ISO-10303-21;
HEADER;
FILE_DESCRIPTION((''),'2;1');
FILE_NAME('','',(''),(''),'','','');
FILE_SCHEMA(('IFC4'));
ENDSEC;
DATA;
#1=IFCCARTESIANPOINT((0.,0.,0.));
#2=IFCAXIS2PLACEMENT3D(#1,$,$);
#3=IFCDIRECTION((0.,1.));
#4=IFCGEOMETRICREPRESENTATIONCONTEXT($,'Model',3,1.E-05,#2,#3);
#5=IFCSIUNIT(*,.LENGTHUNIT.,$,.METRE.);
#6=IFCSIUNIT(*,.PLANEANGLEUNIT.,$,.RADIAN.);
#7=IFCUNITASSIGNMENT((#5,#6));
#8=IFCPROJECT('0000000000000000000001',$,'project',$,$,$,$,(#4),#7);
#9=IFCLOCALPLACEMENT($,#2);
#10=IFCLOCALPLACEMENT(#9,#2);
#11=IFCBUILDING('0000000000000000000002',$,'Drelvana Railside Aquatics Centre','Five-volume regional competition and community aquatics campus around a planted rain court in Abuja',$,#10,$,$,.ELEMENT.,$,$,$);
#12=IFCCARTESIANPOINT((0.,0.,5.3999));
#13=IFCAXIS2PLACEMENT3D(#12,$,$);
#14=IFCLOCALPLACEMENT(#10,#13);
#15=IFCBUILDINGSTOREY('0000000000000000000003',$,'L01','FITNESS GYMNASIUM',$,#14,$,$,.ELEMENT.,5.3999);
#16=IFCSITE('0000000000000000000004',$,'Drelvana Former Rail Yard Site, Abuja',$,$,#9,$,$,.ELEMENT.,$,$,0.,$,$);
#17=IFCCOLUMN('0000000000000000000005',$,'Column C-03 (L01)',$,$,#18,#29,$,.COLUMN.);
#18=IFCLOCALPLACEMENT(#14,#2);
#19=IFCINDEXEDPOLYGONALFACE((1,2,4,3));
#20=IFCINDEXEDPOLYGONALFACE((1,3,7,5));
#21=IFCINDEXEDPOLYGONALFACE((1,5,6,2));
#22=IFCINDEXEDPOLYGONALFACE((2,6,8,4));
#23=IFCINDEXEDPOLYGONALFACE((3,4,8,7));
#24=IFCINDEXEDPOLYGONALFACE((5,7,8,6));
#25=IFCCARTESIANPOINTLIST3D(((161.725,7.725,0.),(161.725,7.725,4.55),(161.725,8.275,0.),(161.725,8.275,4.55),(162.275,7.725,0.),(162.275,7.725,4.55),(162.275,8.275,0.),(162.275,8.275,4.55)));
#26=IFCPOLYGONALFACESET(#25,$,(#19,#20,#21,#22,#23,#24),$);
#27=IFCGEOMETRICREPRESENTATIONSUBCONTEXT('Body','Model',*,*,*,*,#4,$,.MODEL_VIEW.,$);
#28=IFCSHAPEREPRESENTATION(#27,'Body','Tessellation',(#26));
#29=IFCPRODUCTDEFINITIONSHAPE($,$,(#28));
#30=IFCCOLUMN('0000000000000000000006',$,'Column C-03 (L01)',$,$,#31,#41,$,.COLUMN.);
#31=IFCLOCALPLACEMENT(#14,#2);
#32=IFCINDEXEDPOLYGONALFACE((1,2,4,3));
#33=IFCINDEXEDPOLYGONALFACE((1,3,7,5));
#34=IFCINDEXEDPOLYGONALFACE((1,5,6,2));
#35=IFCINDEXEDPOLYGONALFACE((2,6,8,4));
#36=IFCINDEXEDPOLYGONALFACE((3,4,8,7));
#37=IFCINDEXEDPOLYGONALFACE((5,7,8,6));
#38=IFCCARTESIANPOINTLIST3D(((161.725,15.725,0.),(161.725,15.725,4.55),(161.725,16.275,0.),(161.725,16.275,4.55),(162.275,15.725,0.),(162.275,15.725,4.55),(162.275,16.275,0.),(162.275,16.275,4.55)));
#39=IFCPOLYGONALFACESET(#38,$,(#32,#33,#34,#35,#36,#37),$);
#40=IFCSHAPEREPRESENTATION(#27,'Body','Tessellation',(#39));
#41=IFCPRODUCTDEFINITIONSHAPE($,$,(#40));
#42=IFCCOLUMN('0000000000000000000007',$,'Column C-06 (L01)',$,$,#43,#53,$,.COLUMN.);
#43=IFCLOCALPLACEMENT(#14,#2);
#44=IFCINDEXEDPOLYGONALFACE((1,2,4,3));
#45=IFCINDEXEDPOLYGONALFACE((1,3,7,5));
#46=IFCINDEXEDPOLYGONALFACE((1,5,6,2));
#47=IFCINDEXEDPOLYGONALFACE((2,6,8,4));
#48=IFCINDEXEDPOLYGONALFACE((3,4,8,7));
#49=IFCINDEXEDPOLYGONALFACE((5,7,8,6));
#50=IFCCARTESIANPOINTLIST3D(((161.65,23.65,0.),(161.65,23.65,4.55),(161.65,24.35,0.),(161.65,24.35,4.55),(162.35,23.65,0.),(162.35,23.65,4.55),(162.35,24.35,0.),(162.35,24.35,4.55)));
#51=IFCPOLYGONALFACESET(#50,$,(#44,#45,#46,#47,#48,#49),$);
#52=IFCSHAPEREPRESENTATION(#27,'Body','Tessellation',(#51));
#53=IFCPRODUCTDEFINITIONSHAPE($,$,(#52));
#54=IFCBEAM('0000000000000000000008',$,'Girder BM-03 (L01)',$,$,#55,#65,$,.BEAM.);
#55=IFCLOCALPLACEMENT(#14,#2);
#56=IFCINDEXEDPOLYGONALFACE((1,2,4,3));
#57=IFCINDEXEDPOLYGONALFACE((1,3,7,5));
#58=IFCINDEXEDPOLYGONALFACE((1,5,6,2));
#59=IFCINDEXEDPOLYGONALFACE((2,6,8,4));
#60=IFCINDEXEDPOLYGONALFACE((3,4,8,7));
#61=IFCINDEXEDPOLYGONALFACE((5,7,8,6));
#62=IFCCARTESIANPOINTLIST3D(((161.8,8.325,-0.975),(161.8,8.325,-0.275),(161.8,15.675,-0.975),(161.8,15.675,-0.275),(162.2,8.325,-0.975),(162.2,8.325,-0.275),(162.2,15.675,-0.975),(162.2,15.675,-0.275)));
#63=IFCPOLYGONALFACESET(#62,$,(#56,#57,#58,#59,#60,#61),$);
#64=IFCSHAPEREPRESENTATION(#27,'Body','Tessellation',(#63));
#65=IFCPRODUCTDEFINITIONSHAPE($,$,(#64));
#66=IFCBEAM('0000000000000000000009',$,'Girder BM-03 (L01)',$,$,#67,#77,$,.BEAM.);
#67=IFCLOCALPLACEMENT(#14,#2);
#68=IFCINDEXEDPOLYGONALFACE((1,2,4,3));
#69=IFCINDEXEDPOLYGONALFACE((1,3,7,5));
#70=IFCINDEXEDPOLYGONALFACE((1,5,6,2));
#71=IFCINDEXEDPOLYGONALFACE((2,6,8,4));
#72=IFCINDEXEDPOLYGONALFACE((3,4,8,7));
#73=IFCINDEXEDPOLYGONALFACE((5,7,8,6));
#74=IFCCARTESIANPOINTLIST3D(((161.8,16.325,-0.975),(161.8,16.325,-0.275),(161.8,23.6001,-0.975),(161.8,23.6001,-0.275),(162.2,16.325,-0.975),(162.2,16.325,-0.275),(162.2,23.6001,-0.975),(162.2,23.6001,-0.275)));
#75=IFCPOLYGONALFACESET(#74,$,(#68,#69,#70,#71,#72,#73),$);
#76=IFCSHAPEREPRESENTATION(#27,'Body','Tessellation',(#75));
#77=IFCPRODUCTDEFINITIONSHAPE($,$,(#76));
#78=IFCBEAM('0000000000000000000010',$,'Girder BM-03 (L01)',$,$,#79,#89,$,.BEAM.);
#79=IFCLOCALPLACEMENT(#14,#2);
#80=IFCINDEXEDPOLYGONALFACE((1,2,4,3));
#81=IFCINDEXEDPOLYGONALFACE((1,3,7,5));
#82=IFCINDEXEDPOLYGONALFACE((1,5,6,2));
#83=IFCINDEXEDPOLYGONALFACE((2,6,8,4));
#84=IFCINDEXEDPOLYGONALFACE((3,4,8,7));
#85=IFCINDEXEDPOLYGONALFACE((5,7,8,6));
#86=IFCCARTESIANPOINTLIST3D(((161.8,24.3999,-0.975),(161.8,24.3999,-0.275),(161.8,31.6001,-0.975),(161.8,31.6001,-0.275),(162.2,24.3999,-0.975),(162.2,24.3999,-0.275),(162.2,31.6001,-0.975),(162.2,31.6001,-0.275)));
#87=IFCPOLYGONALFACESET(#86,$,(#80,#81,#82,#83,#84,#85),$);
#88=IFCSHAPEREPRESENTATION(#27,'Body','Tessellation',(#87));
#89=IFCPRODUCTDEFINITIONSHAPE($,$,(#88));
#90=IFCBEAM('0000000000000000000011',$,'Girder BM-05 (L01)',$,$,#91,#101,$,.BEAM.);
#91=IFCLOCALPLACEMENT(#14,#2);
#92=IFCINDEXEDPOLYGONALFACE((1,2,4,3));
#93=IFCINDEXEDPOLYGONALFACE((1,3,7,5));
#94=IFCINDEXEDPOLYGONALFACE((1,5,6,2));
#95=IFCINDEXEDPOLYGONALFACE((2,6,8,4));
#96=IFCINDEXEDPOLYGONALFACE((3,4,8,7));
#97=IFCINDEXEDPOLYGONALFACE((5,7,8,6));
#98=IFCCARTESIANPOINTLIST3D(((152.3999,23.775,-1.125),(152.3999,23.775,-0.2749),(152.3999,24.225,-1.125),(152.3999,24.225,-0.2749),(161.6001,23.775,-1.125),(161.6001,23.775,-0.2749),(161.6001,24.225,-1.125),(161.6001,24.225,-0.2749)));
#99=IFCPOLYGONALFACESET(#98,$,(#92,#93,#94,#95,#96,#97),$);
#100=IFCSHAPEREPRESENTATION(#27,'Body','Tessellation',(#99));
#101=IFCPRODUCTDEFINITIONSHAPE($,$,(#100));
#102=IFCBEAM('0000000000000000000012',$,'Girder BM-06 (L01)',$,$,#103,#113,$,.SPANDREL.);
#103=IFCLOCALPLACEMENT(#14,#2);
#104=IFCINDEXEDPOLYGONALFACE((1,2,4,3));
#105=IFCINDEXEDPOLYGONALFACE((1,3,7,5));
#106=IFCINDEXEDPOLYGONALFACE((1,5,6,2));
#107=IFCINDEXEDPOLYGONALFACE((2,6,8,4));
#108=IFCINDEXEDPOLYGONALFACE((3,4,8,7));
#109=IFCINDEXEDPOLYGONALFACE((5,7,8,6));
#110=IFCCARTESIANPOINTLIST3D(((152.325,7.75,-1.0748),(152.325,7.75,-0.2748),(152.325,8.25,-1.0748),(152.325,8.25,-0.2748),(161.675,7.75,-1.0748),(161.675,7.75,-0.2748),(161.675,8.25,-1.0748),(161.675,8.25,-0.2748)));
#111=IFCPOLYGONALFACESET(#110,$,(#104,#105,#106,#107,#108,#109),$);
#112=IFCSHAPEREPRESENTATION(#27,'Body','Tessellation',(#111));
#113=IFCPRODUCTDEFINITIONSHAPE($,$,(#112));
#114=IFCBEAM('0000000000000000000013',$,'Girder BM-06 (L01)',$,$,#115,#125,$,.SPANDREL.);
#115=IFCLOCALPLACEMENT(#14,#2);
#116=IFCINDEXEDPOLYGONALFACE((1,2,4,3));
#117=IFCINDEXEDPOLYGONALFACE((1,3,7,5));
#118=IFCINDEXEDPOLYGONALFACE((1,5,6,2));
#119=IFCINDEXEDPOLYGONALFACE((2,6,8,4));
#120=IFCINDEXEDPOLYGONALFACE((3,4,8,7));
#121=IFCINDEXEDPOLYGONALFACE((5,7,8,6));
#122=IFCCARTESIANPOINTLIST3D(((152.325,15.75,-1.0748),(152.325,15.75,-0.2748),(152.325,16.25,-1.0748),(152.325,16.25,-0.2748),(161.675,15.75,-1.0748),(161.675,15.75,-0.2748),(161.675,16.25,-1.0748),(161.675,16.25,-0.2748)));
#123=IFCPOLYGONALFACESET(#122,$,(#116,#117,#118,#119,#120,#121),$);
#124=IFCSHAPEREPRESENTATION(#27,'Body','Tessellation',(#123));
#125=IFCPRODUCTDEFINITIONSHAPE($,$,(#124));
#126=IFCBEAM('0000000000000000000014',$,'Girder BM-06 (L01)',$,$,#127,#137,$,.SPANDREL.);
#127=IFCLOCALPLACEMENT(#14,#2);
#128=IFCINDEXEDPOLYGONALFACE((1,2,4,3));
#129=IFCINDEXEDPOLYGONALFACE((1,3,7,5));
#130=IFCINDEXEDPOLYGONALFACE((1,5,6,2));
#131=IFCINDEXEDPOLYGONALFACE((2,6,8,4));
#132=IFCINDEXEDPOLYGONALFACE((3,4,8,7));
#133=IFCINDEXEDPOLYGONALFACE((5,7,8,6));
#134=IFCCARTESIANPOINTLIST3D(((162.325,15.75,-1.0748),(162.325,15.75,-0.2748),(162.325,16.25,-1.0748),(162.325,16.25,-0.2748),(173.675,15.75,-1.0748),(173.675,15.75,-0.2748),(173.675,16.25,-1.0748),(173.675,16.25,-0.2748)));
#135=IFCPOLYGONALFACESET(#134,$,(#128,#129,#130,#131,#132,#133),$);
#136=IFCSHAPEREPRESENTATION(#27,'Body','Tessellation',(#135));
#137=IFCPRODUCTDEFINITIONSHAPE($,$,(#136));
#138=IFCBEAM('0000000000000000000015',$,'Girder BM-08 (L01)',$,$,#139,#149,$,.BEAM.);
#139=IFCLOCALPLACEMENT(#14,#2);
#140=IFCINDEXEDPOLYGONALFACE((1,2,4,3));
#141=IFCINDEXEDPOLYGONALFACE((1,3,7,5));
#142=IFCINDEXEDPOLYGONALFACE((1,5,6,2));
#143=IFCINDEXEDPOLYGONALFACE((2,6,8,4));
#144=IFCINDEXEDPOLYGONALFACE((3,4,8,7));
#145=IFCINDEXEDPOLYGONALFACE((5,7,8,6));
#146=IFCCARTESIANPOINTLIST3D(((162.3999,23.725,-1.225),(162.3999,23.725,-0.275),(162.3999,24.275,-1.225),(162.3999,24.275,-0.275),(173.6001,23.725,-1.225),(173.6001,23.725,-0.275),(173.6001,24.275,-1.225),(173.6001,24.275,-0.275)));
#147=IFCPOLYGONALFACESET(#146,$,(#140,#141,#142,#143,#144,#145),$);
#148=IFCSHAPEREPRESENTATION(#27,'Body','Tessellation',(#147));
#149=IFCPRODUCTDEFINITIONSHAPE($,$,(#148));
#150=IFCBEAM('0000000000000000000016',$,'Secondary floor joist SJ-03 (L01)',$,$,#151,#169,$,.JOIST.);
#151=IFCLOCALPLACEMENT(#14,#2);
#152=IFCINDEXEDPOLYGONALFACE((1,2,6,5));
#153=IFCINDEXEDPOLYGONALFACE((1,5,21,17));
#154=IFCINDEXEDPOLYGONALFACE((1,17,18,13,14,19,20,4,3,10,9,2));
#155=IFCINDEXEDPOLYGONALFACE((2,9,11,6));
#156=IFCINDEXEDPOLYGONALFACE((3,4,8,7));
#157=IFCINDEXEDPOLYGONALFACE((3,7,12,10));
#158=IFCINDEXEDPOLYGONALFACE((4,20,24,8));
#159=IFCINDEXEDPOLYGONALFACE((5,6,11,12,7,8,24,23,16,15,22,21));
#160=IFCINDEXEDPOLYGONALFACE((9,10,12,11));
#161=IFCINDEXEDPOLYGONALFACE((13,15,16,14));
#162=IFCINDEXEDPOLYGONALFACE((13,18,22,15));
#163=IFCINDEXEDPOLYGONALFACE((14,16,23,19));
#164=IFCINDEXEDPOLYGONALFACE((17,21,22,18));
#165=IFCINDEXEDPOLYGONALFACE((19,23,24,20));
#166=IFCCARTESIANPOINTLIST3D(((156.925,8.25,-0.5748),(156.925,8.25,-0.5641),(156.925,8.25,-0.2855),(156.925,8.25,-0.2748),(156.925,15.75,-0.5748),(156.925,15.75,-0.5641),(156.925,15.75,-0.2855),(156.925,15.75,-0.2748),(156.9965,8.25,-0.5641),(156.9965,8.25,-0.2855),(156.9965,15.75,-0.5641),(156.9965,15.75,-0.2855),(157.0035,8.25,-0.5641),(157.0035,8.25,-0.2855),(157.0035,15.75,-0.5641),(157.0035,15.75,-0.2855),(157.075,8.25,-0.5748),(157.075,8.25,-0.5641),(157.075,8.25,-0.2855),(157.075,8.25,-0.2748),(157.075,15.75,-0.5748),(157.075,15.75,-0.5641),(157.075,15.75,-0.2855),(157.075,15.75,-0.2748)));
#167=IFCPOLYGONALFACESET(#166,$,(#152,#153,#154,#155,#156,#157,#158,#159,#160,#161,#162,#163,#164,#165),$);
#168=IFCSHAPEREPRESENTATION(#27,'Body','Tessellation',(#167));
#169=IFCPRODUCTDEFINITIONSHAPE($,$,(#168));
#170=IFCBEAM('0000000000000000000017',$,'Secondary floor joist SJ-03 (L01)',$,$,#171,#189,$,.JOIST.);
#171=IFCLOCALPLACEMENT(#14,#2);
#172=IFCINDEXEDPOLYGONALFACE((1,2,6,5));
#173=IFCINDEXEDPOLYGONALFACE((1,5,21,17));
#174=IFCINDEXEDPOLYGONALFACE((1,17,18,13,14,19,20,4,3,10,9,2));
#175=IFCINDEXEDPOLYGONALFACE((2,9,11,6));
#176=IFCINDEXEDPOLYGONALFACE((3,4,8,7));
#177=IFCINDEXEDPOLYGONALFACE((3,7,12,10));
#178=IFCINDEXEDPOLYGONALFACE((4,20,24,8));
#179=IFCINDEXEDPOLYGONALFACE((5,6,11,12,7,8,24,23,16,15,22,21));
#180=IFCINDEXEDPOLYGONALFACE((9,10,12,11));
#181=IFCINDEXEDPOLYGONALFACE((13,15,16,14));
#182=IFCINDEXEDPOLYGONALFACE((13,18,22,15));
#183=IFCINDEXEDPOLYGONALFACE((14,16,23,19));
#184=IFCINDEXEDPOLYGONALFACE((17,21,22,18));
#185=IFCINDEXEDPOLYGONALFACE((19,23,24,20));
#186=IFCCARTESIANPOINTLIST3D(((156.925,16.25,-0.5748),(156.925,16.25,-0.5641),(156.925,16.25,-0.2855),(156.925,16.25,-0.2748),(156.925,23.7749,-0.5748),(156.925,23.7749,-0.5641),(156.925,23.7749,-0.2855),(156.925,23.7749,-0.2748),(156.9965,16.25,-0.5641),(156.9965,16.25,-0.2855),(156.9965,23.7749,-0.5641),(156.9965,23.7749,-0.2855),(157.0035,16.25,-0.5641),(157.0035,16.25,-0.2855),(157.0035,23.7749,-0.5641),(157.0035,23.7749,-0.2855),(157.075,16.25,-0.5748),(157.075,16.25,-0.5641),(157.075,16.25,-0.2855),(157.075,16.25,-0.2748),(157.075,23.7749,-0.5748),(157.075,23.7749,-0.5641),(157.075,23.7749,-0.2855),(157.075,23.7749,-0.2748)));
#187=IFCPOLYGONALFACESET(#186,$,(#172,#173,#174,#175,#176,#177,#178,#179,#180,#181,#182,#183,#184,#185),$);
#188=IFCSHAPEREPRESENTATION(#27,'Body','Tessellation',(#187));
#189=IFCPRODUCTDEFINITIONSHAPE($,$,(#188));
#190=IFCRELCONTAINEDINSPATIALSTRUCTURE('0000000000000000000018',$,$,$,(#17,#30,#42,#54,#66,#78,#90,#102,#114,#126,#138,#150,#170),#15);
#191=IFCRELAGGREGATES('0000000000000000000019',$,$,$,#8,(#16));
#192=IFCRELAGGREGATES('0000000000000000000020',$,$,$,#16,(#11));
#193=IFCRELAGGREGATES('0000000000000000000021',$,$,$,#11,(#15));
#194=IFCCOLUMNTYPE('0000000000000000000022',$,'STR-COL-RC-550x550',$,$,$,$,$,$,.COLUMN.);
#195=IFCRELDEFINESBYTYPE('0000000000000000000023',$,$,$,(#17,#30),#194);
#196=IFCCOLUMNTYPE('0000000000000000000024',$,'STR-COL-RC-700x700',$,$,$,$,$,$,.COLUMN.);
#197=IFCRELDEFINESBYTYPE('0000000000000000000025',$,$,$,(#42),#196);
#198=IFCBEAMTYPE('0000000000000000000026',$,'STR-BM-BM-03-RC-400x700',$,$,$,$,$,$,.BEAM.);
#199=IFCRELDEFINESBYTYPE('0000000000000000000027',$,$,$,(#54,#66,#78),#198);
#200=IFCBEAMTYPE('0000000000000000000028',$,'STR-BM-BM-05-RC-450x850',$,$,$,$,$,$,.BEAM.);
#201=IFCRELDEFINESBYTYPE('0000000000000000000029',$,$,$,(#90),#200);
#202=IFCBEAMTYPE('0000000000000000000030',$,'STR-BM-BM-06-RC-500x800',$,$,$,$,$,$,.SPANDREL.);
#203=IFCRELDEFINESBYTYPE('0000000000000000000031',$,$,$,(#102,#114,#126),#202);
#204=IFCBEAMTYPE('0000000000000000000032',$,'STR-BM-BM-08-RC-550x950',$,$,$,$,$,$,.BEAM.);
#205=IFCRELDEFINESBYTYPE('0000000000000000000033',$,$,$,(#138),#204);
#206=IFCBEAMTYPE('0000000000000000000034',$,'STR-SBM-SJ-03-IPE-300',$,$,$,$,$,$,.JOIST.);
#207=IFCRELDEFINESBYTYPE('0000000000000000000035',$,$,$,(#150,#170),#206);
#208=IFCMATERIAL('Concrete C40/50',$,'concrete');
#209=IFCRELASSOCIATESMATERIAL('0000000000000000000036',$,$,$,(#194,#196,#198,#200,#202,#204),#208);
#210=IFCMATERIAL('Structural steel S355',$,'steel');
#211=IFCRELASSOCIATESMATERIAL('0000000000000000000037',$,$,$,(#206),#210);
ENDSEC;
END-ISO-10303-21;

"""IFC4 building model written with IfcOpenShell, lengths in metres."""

from ifc_helpers import new_model, si_unit, direction, frame, origin, origin_2d, place, context, subcontext, project, spatial, rectangle, i_section, extrude, material, material_profile, profile_set, type_object, element, save


model = new_model("IFC4")

# Units and contexts
model_context = context("Model", 3, precision=1e-05, world=origin(), true_north=direction((0.0, 1.0)))
body_context = subcontext(model_context, "Body", "Model", "MODEL_VIEW")
ifc_project = project(units=[si_unit("LENGTHUNIT", "METRE"), si_unit("PLANEANGLEUNIT", "RADIAN")], contexts=[model_context])

# Site, building, storey
site_placement = place(None, origin())
site = spatial("IfcSite", under=ifc_project, at=site_placement, Name="Drelvana Former Rail Yard Site, Abuja", CompositionType="ELEMENT", RefElevation=0.0)
building_placement = place(site_placement, origin())
building = spatial("IfcBuilding", under=site, at=building_placement, Name="Drelvana Railside Aquatics Centre", Description="Five-volume regional competition and community aquatics campus around a planted rain court in Abuja", CompositionType="ELEMENT")
storey_placement = place(building_placement, frame((0.0, 0.0, 5.3999)))
storey = spatial("IfcBuildingStorey", under=building, at=storey_placement, Name="L01", Description="FITNESS GYMNASIUM", CompositionType="ELEMENT", Elevation=5.3999)

# Columns
ifc_material_1 = material(Name="Concrete C40/50", Category="concrete")
ifc_material_profile_1 = material_profile(ifc_material_1, rectangle(XDim=0.55, YDim=0.55, at=origin_2d()), Name="RC 550x550")
ifc_profile_set_1 = profile_set([ifc_material_profile_1], Name="Concrete C40/50")
column_type_1 = type_object("IfcColumnType", Name="STR-COL-RC-550x550", PredefinedType="COLUMN", material=ifc_profile_set_1)
for number, where, z_axis, x_axis, name in (
    (1, (162.0, 8.0, 0.0), (0.0, 0.0, 1.0), (1.0, 0.0, 0.0), "Column C-03 (L01)"),
    (2, (162.0, 16.0, 0.0), (0.0, 0.0, 1.0), (1.0, 0.0, 0.0), "Column C-03 (L01)"),
):
    element("IfcColumn", number, at=place(storey_placement, frame(where, z_axis=z_axis, x_axis=x_axis)), inside=storey, type_object=column_type_1, Name=name, PredefinedType="COLUMN", context=body_context, shape_type="SweptSolid", body=[
        extrude(rectangle(XDim=0.55, YDim=0.55, at=origin_2d()), origin(), (0.0, 0.0, 1.0), 4.55),
    ])
ifc_material_profile_2 = material_profile(ifc_material_1, rectangle(XDim=0.7, YDim=0.7, at=origin_2d()), Name="RC 700x700")
ifc_profile_set_2 = profile_set([ifc_material_profile_2], Name="Concrete C40/50")
column_type_2 = type_object("IfcColumnType", Name="STR-COL-RC-700x700", PredefinedType="COLUMN", material=ifc_profile_set_2)
column_placement = place(storey_placement, frame((162.0, 24.0, 0.0), z_axis=(0.0, 0.0, 1.0), x_axis=(1.0, 0.0, 0.0)))
element("IfcColumn", 3, at=column_placement, inside=storey, type_object=column_type_2, Name="Column C-06 (L01)", PredefinedType="COLUMN", context=body_context, shape_type="SweptSolid", body=[
    extrude(rectangle(XDim=0.7, YDim=0.7, at=origin_2d()), origin(), (0.0, 0.0, 1.0), 4.55),
])

# Beams
ifc_material_profile_3 = material_profile(ifc_material_1, rectangle(XDim=0.3999, YDim=0.7, at=origin_2d()), Name="RC 400x700")
ifc_profile_set_3 = profile_set([ifc_material_profile_3], Name="Concrete C40/50")
beam_type_1 = type_object("IfcBeamType", Name="STR-BM-BM-03-RC-400x700", PredefinedType="BEAM", material=ifc_profile_set_3)
beam_1_placement = place(storey_placement, frame((162.0, 8.325, -0.625), z_axis=(0.0, 1.0, 0.0), x_axis=(-1.0, 0.0, 0.0)))
element("IfcBeam", 4, at=beam_1_placement, inside=storey, type_object=beam_type_1, Name="Girder BM-03 (L01)", PredefinedType="BEAM", context=body_context, shape_type="SweptSolid", body=[
    extrude(rectangle(XDim=0.3999, YDim=0.7, at=origin_2d()), origin(), (0.0, 0.0, 1.0), 7.3501),
])
beam_2_placement = place(storey_placement, frame((162.0, 16.325, -0.625), z_axis=(0.0, 1.0, 0.0), x_axis=(-1.0, 0.0, 0.0)))
element("IfcBeam", 5, at=beam_2_placement, inside=storey, type_object=beam_type_1, Name="Girder BM-03 (L01)", PredefinedType="BEAM", context=body_context, shape_type="SweptSolid", body=[
    extrude(rectangle(XDim=0.3999, YDim=0.7, at=origin_2d()), origin(), (0.0, 0.0, 1.0), 7.2751),
])
beam_3_placement = place(storey_placement, frame((162.0, 24.3999, -0.625), z_axis=(0.0, 1.0, 0.0), x_axis=(-1.0, 0.0, 0.0)))
element("IfcBeam", 6, at=beam_3_placement, inside=storey, type_object=beam_type_1, Name="Girder BM-03 (L01)", PredefinedType="BEAM", context=body_context, shape_type="SweptSolid", body=[
    extrude(rectangle(XDim=0.3999, YDim=0.7, at=origin_2d()), origin(), (0.0, 0.0, 1.0), 7.2002),
])
ifc_material_profile_4 = material_profile(ifc_material_1, rectangle(XDim=0.45, YDim=0.8501, at=origin_2d()), Name="RC 450x850")
ifc_profile_set_4 = profile_set([ifc_material_profile_4], Name="Concrete C40/50")
beam_type_2 = type_object("IfcBeamType", Name="STR-BM-BM-05-RC-450x850", PredefinedType="BEAM", material=ifc_profile_set_4)
beam_4_placement = place(storey_placement, frame((152.3999, 24.0, -0.7), z_axis=(1.0, 0.0, 0.0), x_axis=(0.0, 1.0, 0.0)))
element("IfcBeam", 7, at=beam_4_placement, inside=storey, type_object=beam_type_2, Name="Girder BM-05 (L01)", PredefinedType="BEAM", context=body_context, shape_type="SweptSolid", body=[
    extrude(rectangle(XDim=0.45, YDim=0.8501, at=origin_2d()), origin(), (0.0, 0.0, 1.0), 9.2002),
])
ifc_material_profile_5 = material_profile(ifc_material_1, rectangle(XDim=0.5, YDim=0.8, at=origin_2d()), Name="RC 500x800")
ifc_profile_set_5 = profile_set([ifc_material_profile_5], Name="Concrete C40/50")
beam_type_3 = type_object("IfcBeamType", Name="STR-BM-BM-06-RC-500x800", PredefinedType="SPANDREL", material=ifc_profile_set_5)
for number, where, z_axis, x_axis, name in (
    (8, (152.325, 8.0, -0.6748), (1.0, 0.0, 0.0), (0.0, 1.0, 0.0), "Girder BM-06 (L01)"),
    (9, (152.325, 16.0, -0.6748), (1.0, 0.0, 0.0), (0.0, 1.0, 0.0), "Girder BM-06 (L01)"),
):
    element("IfcBeam", number, at=place(storey_placement, frame(where, z_axis=z_axis, x_axis=x_axis)), inside=storey, type_object=beam_type_3, Name=name, PredefinedType="SPANDREL", context=body_context, shape_type="SweptSolid", body=[
        extrude(rectangle(XDim=0.5, YDim=0.8, at=origin_2d()), origin(), (0.0, 0.0, 1.0), 9.3501),
    ])
beam_5_placement = place(storey_placement, frame((162.325, 16.0, -0.6748), z_axis=(1.0, 0.0, 0.0), x_axis=(0.0, 1.0, 0.0)))
element("IfcBeam", 10, at=beam_5_placement, inside=storey, type_object=beam_type_3, Name="Girder BM-06 (L01)", PredefinedType="SPANDREL", context=body_context, shape_type="SweptSolid", body=[
    extrude(rectangle(XDim=0.5, YDim=0.8, at=origin_2d()), origin(), (0.0, 0.0, 1.0), 11.3501),
])
ifc_material_profile_6 = material_profile(ifc_material_1, rectangle(XDim=0.55, YDim=0.95, at=origin_2d()), Name="RC 550x950")
ifc_profile_set_6 = profile_set([ifc_material_profile_6], Name="Concrete C40/50")
beam_type_4 = type_object("IfcBeamType", Name="STR-BM-BM-08-RC-550x950", PredefinedType="BEAM", material=ifc_profile_set_6)
beam_6_placement = place(storey_placement, frame((162.3999, 24.0, -0.75), z_axis=(1.0, 0.0, 0.0), x_axis=(0.0, 1.0, 0.0)))
element("IfcBeam", 11, at=beam_6_placement, inside=storey, type_object=beam_type_4, Name="Girder BM-08 (L01)", PredefinedType="BEAM", context=body_context, shape_type="SweptSolid", body=[
    extrude(rectangle(XDim=0.55, YDim=0.95, at=origin_2d()), origin(), (0.0, 0.0, 1.0), 11.2002),
])
ifc_material_2 = material(Name="Structural steel S355", Category="steel")
ifc_material_profile_7 = material_profile(ifc_material_2, i_section(OverallWidth=0.1499, OverallDepth=0.3, WebThickness=0.0071, FlangeThickness=0.0107, at=origin_2d()), Name="IPE 300")
ifc_profile_set_7 = profile_set([ifc_material_profile_7], Name="Structural steel S355")
beam_type_5 = type_object("IfcBeamType", Name="STR-SBM-SJ-03-IPE-300", PredefinedType="JOIST", material=ifc_profile_set_7)
beam_7_placement = place(storey_placement, frame((157.0, 8.25, -0.4248), z_axis=(0.0, 1.0, 0.0), x_axis=(-1.0, 0.0, 0.0)))
element("IfcBeam", 12, at=beam_7_placement, inside=storey, type_object=beam_type_5, Name="Secondary floor joist SJ-03 (L01)", PredefinedType="JOIST", context=body_context, shape_type="SweptSolid", body=[
    extrude(i_section(OverallWidth=0.1499, OverallDepth=0.3, WebThickness=0.0071, FlangeThickness=0.0107, at=origin_2d()), origin(), (0.0, 0.0, 1.0), 7.5),
])
beam_8_placement = place(storey_placement, frame((157.0, 16.25, -0.4248), z_axis=(0.0, 1.0, 0.0), x_axis=(-1.0, 0.0, 0.0)))
element("IfcBeam", 13, at=beam_8_placement, inside=storey, type_object=beam_type_5, Name="Secondary floor joist SJ-03 (L01)", PredefinedType="JOIST", context=body_context, shape_type="SweptSolid", body=[
    extrude(i_section(OverallWidth=0.1499, OverallDepth=0.3, WebThickness=0.0071, FlangeThickness=0.0107, at=origin_2d()), origin(), (0.0, 0.0, 1.0), 7.5249),
])

save(model, "model.ifc")
